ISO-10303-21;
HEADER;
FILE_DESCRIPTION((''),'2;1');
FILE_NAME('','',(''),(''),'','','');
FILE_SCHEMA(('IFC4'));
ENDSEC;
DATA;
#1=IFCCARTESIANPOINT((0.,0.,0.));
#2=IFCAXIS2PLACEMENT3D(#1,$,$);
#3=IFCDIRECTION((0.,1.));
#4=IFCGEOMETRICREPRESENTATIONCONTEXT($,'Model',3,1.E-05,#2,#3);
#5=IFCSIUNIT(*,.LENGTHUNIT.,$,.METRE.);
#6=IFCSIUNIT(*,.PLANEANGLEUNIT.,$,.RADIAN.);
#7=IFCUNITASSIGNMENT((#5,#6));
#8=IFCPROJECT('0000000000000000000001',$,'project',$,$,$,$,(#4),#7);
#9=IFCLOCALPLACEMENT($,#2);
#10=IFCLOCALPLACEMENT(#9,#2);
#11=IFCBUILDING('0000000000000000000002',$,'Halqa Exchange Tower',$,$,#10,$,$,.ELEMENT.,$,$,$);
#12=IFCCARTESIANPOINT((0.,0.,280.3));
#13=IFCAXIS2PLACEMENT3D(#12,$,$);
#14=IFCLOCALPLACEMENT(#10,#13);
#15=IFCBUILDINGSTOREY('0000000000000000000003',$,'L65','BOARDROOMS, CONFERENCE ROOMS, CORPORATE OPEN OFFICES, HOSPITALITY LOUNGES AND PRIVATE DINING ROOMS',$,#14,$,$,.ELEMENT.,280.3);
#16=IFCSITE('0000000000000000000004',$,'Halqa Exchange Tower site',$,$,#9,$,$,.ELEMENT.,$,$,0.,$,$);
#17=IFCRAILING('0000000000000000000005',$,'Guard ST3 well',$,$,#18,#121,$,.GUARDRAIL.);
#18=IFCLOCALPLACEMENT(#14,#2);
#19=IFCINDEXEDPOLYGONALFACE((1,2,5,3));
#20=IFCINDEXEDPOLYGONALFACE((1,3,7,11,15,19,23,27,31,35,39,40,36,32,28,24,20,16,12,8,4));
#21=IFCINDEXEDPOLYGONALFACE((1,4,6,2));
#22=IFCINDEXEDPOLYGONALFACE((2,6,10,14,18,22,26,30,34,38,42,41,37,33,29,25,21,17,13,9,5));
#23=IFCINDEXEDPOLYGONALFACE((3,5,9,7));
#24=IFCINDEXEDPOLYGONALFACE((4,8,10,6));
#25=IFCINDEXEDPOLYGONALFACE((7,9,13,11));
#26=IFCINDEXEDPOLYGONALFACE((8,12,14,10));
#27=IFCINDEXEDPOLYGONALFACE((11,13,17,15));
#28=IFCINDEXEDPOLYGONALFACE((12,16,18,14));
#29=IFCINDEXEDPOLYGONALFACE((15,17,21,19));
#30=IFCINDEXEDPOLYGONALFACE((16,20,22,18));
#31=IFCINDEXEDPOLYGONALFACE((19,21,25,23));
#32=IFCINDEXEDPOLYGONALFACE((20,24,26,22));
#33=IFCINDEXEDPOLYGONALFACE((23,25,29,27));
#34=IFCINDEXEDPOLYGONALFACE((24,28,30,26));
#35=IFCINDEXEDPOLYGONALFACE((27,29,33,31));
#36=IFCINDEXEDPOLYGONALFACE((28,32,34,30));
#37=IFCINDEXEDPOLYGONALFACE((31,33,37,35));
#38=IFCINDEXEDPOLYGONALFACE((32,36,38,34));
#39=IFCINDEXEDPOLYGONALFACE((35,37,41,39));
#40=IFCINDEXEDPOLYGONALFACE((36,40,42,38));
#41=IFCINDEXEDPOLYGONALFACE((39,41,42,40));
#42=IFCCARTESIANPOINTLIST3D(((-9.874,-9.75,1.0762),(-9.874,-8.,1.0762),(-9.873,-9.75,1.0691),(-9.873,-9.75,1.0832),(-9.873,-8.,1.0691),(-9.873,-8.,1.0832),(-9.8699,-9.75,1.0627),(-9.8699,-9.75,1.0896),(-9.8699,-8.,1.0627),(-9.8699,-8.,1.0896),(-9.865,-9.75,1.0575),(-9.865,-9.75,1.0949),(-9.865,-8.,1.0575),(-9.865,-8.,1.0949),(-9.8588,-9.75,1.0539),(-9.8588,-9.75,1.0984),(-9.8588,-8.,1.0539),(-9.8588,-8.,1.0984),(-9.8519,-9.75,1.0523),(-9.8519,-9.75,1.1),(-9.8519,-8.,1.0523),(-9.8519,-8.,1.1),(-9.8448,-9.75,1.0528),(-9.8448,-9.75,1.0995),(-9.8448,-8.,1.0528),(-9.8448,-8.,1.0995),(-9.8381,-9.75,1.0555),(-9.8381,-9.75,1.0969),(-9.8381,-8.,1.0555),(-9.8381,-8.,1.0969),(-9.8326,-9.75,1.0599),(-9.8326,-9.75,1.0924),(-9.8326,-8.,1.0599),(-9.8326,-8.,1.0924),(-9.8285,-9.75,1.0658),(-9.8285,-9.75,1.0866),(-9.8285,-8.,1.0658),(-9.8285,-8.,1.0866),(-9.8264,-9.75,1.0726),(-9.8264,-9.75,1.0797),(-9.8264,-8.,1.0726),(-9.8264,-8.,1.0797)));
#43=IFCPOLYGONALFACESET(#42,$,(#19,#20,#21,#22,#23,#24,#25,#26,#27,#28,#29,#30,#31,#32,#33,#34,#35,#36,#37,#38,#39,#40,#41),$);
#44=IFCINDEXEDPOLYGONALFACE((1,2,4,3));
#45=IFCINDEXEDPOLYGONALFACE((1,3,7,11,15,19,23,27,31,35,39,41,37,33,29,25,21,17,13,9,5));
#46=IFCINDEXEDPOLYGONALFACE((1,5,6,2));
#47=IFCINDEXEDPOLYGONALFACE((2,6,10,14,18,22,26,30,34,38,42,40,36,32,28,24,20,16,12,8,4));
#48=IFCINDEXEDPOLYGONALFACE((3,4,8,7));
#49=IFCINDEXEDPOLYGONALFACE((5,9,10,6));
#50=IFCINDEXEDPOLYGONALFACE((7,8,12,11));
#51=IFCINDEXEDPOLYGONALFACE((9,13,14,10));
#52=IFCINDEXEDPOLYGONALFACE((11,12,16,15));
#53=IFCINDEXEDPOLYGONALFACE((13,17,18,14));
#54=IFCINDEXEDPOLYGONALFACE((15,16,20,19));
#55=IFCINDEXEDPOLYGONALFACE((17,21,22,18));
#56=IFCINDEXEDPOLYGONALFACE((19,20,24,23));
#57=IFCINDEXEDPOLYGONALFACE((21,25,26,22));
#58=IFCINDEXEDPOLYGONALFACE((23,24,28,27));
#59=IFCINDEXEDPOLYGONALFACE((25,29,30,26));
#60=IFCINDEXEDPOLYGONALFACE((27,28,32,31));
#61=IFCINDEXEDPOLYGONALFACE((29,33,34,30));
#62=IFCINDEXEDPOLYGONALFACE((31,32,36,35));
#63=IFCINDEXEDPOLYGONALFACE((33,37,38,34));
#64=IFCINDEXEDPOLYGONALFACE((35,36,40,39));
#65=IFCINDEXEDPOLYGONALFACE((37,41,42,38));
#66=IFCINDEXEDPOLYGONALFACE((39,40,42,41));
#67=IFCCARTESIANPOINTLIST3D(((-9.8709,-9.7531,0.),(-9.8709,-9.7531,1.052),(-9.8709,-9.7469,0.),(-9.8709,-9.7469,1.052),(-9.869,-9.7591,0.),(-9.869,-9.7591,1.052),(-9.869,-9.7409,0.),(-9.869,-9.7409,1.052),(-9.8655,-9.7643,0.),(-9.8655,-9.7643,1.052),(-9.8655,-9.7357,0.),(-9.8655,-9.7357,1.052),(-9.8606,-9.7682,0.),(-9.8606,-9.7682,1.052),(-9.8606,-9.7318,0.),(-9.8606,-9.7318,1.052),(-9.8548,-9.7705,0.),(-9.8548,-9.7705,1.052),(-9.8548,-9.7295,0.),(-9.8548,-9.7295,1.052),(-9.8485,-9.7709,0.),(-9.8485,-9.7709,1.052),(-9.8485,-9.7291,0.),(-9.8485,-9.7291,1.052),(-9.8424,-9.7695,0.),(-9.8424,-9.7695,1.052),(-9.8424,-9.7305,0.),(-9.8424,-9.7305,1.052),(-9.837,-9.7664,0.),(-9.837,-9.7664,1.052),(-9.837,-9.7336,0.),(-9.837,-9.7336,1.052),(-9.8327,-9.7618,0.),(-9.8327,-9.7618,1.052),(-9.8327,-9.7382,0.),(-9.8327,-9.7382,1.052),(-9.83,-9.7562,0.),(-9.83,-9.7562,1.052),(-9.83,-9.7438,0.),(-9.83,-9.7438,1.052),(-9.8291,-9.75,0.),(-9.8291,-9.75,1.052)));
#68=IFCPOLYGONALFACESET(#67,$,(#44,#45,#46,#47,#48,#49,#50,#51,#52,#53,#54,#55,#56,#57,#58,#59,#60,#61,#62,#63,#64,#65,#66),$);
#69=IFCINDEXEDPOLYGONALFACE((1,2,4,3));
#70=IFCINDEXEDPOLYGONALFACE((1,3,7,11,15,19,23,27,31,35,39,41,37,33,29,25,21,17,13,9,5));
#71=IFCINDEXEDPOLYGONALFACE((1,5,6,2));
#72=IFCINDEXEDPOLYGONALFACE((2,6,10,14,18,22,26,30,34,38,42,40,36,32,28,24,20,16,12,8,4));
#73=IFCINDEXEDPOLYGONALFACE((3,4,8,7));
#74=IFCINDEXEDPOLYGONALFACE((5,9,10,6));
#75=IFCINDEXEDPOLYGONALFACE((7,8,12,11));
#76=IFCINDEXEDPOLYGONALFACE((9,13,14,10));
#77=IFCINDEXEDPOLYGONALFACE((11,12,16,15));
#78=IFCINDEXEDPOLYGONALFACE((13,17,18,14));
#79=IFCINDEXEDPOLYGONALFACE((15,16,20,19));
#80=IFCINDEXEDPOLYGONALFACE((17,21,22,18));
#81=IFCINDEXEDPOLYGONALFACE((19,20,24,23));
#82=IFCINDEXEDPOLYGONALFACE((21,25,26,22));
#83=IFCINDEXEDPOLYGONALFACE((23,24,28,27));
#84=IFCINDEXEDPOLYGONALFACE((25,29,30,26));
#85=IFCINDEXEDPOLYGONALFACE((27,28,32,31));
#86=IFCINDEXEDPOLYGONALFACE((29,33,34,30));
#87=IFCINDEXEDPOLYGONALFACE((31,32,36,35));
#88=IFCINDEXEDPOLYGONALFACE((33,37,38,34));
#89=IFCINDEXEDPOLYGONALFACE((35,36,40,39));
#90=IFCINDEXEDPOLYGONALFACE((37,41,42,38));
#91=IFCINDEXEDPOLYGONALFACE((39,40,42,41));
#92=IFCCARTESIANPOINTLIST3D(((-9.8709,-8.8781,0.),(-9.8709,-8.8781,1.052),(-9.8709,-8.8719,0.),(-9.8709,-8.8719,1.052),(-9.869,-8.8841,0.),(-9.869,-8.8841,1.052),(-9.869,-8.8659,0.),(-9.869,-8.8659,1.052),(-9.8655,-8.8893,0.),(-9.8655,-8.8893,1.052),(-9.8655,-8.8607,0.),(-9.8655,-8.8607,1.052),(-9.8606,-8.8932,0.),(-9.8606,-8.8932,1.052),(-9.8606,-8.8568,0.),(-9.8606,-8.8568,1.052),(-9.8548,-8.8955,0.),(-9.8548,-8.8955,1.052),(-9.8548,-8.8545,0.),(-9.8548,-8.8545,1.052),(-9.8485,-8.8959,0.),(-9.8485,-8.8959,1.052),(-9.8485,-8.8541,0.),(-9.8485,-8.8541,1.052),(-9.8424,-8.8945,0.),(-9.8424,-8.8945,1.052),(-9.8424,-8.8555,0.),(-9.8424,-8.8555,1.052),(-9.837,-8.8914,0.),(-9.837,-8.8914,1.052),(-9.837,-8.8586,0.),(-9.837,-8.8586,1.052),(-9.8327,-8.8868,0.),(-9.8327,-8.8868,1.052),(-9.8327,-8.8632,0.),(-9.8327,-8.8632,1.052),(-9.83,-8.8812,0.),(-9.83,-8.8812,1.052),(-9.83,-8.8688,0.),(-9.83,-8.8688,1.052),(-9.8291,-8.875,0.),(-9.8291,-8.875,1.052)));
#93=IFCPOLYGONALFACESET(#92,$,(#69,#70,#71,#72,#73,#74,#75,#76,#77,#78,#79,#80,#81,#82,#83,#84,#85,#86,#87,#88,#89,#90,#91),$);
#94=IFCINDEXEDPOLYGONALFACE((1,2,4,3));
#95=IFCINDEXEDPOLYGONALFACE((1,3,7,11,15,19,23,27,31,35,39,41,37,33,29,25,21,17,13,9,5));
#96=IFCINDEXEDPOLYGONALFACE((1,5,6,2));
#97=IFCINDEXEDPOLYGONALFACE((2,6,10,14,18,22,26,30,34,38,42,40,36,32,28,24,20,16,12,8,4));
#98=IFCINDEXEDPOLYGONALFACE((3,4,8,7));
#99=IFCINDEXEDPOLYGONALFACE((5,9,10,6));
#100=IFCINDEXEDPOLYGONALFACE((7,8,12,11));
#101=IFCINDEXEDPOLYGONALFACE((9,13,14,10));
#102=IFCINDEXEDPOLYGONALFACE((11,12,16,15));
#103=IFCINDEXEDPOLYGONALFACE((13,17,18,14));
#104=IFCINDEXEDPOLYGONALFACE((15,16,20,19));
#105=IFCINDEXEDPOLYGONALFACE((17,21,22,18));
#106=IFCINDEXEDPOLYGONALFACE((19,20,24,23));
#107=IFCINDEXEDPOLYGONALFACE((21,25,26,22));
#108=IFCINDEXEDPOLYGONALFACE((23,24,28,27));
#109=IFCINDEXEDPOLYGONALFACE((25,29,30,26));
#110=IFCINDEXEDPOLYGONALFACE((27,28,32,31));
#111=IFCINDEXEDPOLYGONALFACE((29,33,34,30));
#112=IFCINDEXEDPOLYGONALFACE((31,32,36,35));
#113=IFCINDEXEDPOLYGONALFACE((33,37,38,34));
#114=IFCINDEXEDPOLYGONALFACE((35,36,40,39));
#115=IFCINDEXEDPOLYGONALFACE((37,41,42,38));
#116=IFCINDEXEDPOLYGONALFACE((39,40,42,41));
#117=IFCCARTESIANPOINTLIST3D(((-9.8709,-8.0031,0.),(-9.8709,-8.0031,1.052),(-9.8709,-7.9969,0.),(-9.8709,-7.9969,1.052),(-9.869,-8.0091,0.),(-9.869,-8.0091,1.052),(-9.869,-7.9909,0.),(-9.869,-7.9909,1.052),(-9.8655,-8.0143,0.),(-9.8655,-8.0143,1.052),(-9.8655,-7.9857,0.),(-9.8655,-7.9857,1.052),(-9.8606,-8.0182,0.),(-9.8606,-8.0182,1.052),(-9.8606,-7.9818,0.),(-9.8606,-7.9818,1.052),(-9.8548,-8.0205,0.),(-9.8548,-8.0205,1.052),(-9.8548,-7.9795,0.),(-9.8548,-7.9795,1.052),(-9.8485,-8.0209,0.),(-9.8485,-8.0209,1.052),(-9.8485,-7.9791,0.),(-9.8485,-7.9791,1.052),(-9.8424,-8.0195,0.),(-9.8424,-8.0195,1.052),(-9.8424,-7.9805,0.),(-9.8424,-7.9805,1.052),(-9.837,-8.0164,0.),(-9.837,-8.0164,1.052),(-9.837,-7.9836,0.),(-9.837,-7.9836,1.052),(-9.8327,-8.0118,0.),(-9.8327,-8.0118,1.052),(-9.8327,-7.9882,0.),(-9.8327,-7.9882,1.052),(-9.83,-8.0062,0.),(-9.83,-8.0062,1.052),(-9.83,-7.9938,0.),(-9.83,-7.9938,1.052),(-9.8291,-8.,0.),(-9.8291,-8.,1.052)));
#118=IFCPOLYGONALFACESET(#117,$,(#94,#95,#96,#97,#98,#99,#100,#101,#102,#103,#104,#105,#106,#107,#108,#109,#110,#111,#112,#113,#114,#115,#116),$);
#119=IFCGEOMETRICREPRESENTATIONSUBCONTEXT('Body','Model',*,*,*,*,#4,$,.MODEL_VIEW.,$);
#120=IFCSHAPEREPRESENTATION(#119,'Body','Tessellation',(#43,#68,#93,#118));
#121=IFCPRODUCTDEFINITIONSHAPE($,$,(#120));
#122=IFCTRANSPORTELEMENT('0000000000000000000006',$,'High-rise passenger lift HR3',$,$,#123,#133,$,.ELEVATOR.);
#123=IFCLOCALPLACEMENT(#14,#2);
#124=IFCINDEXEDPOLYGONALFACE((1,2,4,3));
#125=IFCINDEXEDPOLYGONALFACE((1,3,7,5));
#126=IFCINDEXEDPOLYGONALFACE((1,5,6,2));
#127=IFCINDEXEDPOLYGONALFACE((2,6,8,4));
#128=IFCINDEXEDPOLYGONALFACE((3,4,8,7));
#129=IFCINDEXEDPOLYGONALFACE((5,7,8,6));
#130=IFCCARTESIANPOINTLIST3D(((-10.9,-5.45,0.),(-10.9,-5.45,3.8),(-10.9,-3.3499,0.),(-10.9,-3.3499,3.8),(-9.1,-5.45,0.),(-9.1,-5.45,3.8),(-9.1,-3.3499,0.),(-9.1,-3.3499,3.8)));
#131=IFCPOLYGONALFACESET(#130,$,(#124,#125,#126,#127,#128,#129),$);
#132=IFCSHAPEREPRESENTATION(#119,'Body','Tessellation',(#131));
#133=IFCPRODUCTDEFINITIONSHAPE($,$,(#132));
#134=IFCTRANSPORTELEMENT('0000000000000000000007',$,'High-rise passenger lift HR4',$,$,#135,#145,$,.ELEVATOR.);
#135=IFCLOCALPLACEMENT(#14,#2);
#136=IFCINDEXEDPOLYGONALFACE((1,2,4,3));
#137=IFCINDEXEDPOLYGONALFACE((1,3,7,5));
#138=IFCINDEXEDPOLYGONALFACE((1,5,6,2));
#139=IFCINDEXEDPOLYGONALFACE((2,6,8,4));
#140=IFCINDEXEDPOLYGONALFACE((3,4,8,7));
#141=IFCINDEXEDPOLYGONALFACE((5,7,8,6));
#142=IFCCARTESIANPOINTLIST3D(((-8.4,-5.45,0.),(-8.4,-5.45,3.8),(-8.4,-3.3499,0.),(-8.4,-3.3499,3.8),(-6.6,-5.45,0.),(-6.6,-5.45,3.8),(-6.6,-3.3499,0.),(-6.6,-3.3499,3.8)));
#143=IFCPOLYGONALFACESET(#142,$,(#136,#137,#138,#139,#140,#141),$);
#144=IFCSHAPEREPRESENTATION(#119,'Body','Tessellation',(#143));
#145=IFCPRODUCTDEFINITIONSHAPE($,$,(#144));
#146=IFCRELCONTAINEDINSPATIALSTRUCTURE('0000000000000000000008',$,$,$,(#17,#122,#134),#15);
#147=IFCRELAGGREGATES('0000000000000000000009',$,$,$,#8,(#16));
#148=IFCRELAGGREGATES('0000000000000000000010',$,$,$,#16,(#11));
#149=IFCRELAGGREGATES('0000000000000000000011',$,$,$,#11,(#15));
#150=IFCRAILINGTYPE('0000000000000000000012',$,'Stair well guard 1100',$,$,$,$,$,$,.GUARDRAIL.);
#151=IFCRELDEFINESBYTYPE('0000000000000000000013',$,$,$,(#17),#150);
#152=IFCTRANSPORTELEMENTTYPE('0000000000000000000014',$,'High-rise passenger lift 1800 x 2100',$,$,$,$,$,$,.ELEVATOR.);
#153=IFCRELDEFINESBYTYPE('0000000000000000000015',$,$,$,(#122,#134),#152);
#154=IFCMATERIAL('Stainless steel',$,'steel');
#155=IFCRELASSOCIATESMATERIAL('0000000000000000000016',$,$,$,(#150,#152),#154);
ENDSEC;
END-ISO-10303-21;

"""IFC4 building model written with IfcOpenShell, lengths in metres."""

from ifc_helpers import new_model, si_unit, direction, frame, origin, origin_2d, place, context, subcontext, project, spatial, rectangle, circle, extrude, material, type_object, element, save


model = new_model("IFC4")

# Units and contexts
model_context = context("Model", 3, precision=1e-05, world=origin(), true_north=direction((0.0, 1.0)))
body_context = subcontext(model_context, "Body", "Model", "MODEL_VIEW")
ifc_project = project(units=[si_unit("LENGTHUNIT", "METRE"), si_unit("PLANEANGLEUNIT", "RADIAN")], contexts=[model_context])

# Site, building, storey
site_placement = place(None, origin())
site = spatial("IfcSite", under=ifc_project, at=site_placement, Name="Halqa Exchange Tower site", CompositionType="ELEMENT", RefElevation=0.0)
building_placement = place(site_placement, origin())
building = spatial("IfcBuilding", under=site, at=building_placement, Name="Halqa Exchange Tower", CompositionType="ELEMENT")
storey_placement = place(building_placement, frame((0.0, 0.0, 280.3)))
storey = spatial("IfcBuildingStorey", under=building, at=storey_placement, Name="L65", Description="BOARDROOMS, CONFERENCE ROOMS, CORPORATE OPEN OFFICES, HOSPITALITY LOUNGES AND PRIVATE DINING ROOMS", CompositionType="ELEMENT", Elevation=280.3)

# Shared definitions
ifc_material_1 = material(Name="Stainless steel", Category="steel")

# Railing
railing_type_1 = type_object("IfcRailingType", Name="Stair well guard 1100", PredefinedType="GUARDRAIL", material=ifc_material_1)
railing_1_placement = place(storey_placement, frame((-9.8501, -9.75, 0.0)))
element("IfcRailing", 1, at=railing_1_placement, inside=storey, type_object=railing_type_1, Name="Guard ST3 well", PredefinedType="GUARDRAIL", context=body_context, shape_type="SweptSolid", body=[
    extrude(circle(Radius=0.0239, at=origin_2d()), frame((0.0, 0.0, 1.0762), z_axis=(0.0, 1.0, 0.0), x_axis=(-1.0, 0.0, 0.0)), (0.0, 0.0, 1.0), 1.75),
    extrude(circle(Radius=0.021, at=origin_2d()), origin(), (0.0, 0.0, 1.0), 1.052),
    extrude(circle(Radius=0.021, at=origin_2d()), frame((0.0, 0.875, 0.0)), (0.0, 0.0, 1.0), 1.052),
    extrude(circle(Radius=0.021, at=origin_2d()), frame((0.0, 1.75, 0.0)), (0.0, 0.0, 1.0), 1.052),
])

# Transport elements
transport_element_type = type_object("IfcTransportElementType", Name="High-rise passenger lift 1800 x 2100", PredefinedType="ELEVATOR", material=ifc_material_1)
for number, where, z_axis, x_axis, name in (
    (2, (-10.0, -4.3999, 0.0), (0.0, 0.0, 1.0), (1.0, 0.0, 0.0), "High-rise passenger lift HR3"),
    (3, (-7.5, -4.3999, 0.0), (0.0, 0.0, 1.0), (1.0, 0.0, 0.0), "High-rise passenger lift HR4"),
):
    element("IfcTransportElement", number, at=place(storey_placement, frame(where, z_axis=z_axis, x_axis=x_axis)), inside=storey, type_object=transport_element_type, Name=name, PredefinedType="ELEVATOR", context=body_context, shape_type="SweptSolid", body=[
        extrude(rectangle(XDim=1.8, YDim=2.1001, at=origin_2d()), origin(), (0.0, 0.0, 1.0), 3.8),
    ])

save(model, "model.ifc")
